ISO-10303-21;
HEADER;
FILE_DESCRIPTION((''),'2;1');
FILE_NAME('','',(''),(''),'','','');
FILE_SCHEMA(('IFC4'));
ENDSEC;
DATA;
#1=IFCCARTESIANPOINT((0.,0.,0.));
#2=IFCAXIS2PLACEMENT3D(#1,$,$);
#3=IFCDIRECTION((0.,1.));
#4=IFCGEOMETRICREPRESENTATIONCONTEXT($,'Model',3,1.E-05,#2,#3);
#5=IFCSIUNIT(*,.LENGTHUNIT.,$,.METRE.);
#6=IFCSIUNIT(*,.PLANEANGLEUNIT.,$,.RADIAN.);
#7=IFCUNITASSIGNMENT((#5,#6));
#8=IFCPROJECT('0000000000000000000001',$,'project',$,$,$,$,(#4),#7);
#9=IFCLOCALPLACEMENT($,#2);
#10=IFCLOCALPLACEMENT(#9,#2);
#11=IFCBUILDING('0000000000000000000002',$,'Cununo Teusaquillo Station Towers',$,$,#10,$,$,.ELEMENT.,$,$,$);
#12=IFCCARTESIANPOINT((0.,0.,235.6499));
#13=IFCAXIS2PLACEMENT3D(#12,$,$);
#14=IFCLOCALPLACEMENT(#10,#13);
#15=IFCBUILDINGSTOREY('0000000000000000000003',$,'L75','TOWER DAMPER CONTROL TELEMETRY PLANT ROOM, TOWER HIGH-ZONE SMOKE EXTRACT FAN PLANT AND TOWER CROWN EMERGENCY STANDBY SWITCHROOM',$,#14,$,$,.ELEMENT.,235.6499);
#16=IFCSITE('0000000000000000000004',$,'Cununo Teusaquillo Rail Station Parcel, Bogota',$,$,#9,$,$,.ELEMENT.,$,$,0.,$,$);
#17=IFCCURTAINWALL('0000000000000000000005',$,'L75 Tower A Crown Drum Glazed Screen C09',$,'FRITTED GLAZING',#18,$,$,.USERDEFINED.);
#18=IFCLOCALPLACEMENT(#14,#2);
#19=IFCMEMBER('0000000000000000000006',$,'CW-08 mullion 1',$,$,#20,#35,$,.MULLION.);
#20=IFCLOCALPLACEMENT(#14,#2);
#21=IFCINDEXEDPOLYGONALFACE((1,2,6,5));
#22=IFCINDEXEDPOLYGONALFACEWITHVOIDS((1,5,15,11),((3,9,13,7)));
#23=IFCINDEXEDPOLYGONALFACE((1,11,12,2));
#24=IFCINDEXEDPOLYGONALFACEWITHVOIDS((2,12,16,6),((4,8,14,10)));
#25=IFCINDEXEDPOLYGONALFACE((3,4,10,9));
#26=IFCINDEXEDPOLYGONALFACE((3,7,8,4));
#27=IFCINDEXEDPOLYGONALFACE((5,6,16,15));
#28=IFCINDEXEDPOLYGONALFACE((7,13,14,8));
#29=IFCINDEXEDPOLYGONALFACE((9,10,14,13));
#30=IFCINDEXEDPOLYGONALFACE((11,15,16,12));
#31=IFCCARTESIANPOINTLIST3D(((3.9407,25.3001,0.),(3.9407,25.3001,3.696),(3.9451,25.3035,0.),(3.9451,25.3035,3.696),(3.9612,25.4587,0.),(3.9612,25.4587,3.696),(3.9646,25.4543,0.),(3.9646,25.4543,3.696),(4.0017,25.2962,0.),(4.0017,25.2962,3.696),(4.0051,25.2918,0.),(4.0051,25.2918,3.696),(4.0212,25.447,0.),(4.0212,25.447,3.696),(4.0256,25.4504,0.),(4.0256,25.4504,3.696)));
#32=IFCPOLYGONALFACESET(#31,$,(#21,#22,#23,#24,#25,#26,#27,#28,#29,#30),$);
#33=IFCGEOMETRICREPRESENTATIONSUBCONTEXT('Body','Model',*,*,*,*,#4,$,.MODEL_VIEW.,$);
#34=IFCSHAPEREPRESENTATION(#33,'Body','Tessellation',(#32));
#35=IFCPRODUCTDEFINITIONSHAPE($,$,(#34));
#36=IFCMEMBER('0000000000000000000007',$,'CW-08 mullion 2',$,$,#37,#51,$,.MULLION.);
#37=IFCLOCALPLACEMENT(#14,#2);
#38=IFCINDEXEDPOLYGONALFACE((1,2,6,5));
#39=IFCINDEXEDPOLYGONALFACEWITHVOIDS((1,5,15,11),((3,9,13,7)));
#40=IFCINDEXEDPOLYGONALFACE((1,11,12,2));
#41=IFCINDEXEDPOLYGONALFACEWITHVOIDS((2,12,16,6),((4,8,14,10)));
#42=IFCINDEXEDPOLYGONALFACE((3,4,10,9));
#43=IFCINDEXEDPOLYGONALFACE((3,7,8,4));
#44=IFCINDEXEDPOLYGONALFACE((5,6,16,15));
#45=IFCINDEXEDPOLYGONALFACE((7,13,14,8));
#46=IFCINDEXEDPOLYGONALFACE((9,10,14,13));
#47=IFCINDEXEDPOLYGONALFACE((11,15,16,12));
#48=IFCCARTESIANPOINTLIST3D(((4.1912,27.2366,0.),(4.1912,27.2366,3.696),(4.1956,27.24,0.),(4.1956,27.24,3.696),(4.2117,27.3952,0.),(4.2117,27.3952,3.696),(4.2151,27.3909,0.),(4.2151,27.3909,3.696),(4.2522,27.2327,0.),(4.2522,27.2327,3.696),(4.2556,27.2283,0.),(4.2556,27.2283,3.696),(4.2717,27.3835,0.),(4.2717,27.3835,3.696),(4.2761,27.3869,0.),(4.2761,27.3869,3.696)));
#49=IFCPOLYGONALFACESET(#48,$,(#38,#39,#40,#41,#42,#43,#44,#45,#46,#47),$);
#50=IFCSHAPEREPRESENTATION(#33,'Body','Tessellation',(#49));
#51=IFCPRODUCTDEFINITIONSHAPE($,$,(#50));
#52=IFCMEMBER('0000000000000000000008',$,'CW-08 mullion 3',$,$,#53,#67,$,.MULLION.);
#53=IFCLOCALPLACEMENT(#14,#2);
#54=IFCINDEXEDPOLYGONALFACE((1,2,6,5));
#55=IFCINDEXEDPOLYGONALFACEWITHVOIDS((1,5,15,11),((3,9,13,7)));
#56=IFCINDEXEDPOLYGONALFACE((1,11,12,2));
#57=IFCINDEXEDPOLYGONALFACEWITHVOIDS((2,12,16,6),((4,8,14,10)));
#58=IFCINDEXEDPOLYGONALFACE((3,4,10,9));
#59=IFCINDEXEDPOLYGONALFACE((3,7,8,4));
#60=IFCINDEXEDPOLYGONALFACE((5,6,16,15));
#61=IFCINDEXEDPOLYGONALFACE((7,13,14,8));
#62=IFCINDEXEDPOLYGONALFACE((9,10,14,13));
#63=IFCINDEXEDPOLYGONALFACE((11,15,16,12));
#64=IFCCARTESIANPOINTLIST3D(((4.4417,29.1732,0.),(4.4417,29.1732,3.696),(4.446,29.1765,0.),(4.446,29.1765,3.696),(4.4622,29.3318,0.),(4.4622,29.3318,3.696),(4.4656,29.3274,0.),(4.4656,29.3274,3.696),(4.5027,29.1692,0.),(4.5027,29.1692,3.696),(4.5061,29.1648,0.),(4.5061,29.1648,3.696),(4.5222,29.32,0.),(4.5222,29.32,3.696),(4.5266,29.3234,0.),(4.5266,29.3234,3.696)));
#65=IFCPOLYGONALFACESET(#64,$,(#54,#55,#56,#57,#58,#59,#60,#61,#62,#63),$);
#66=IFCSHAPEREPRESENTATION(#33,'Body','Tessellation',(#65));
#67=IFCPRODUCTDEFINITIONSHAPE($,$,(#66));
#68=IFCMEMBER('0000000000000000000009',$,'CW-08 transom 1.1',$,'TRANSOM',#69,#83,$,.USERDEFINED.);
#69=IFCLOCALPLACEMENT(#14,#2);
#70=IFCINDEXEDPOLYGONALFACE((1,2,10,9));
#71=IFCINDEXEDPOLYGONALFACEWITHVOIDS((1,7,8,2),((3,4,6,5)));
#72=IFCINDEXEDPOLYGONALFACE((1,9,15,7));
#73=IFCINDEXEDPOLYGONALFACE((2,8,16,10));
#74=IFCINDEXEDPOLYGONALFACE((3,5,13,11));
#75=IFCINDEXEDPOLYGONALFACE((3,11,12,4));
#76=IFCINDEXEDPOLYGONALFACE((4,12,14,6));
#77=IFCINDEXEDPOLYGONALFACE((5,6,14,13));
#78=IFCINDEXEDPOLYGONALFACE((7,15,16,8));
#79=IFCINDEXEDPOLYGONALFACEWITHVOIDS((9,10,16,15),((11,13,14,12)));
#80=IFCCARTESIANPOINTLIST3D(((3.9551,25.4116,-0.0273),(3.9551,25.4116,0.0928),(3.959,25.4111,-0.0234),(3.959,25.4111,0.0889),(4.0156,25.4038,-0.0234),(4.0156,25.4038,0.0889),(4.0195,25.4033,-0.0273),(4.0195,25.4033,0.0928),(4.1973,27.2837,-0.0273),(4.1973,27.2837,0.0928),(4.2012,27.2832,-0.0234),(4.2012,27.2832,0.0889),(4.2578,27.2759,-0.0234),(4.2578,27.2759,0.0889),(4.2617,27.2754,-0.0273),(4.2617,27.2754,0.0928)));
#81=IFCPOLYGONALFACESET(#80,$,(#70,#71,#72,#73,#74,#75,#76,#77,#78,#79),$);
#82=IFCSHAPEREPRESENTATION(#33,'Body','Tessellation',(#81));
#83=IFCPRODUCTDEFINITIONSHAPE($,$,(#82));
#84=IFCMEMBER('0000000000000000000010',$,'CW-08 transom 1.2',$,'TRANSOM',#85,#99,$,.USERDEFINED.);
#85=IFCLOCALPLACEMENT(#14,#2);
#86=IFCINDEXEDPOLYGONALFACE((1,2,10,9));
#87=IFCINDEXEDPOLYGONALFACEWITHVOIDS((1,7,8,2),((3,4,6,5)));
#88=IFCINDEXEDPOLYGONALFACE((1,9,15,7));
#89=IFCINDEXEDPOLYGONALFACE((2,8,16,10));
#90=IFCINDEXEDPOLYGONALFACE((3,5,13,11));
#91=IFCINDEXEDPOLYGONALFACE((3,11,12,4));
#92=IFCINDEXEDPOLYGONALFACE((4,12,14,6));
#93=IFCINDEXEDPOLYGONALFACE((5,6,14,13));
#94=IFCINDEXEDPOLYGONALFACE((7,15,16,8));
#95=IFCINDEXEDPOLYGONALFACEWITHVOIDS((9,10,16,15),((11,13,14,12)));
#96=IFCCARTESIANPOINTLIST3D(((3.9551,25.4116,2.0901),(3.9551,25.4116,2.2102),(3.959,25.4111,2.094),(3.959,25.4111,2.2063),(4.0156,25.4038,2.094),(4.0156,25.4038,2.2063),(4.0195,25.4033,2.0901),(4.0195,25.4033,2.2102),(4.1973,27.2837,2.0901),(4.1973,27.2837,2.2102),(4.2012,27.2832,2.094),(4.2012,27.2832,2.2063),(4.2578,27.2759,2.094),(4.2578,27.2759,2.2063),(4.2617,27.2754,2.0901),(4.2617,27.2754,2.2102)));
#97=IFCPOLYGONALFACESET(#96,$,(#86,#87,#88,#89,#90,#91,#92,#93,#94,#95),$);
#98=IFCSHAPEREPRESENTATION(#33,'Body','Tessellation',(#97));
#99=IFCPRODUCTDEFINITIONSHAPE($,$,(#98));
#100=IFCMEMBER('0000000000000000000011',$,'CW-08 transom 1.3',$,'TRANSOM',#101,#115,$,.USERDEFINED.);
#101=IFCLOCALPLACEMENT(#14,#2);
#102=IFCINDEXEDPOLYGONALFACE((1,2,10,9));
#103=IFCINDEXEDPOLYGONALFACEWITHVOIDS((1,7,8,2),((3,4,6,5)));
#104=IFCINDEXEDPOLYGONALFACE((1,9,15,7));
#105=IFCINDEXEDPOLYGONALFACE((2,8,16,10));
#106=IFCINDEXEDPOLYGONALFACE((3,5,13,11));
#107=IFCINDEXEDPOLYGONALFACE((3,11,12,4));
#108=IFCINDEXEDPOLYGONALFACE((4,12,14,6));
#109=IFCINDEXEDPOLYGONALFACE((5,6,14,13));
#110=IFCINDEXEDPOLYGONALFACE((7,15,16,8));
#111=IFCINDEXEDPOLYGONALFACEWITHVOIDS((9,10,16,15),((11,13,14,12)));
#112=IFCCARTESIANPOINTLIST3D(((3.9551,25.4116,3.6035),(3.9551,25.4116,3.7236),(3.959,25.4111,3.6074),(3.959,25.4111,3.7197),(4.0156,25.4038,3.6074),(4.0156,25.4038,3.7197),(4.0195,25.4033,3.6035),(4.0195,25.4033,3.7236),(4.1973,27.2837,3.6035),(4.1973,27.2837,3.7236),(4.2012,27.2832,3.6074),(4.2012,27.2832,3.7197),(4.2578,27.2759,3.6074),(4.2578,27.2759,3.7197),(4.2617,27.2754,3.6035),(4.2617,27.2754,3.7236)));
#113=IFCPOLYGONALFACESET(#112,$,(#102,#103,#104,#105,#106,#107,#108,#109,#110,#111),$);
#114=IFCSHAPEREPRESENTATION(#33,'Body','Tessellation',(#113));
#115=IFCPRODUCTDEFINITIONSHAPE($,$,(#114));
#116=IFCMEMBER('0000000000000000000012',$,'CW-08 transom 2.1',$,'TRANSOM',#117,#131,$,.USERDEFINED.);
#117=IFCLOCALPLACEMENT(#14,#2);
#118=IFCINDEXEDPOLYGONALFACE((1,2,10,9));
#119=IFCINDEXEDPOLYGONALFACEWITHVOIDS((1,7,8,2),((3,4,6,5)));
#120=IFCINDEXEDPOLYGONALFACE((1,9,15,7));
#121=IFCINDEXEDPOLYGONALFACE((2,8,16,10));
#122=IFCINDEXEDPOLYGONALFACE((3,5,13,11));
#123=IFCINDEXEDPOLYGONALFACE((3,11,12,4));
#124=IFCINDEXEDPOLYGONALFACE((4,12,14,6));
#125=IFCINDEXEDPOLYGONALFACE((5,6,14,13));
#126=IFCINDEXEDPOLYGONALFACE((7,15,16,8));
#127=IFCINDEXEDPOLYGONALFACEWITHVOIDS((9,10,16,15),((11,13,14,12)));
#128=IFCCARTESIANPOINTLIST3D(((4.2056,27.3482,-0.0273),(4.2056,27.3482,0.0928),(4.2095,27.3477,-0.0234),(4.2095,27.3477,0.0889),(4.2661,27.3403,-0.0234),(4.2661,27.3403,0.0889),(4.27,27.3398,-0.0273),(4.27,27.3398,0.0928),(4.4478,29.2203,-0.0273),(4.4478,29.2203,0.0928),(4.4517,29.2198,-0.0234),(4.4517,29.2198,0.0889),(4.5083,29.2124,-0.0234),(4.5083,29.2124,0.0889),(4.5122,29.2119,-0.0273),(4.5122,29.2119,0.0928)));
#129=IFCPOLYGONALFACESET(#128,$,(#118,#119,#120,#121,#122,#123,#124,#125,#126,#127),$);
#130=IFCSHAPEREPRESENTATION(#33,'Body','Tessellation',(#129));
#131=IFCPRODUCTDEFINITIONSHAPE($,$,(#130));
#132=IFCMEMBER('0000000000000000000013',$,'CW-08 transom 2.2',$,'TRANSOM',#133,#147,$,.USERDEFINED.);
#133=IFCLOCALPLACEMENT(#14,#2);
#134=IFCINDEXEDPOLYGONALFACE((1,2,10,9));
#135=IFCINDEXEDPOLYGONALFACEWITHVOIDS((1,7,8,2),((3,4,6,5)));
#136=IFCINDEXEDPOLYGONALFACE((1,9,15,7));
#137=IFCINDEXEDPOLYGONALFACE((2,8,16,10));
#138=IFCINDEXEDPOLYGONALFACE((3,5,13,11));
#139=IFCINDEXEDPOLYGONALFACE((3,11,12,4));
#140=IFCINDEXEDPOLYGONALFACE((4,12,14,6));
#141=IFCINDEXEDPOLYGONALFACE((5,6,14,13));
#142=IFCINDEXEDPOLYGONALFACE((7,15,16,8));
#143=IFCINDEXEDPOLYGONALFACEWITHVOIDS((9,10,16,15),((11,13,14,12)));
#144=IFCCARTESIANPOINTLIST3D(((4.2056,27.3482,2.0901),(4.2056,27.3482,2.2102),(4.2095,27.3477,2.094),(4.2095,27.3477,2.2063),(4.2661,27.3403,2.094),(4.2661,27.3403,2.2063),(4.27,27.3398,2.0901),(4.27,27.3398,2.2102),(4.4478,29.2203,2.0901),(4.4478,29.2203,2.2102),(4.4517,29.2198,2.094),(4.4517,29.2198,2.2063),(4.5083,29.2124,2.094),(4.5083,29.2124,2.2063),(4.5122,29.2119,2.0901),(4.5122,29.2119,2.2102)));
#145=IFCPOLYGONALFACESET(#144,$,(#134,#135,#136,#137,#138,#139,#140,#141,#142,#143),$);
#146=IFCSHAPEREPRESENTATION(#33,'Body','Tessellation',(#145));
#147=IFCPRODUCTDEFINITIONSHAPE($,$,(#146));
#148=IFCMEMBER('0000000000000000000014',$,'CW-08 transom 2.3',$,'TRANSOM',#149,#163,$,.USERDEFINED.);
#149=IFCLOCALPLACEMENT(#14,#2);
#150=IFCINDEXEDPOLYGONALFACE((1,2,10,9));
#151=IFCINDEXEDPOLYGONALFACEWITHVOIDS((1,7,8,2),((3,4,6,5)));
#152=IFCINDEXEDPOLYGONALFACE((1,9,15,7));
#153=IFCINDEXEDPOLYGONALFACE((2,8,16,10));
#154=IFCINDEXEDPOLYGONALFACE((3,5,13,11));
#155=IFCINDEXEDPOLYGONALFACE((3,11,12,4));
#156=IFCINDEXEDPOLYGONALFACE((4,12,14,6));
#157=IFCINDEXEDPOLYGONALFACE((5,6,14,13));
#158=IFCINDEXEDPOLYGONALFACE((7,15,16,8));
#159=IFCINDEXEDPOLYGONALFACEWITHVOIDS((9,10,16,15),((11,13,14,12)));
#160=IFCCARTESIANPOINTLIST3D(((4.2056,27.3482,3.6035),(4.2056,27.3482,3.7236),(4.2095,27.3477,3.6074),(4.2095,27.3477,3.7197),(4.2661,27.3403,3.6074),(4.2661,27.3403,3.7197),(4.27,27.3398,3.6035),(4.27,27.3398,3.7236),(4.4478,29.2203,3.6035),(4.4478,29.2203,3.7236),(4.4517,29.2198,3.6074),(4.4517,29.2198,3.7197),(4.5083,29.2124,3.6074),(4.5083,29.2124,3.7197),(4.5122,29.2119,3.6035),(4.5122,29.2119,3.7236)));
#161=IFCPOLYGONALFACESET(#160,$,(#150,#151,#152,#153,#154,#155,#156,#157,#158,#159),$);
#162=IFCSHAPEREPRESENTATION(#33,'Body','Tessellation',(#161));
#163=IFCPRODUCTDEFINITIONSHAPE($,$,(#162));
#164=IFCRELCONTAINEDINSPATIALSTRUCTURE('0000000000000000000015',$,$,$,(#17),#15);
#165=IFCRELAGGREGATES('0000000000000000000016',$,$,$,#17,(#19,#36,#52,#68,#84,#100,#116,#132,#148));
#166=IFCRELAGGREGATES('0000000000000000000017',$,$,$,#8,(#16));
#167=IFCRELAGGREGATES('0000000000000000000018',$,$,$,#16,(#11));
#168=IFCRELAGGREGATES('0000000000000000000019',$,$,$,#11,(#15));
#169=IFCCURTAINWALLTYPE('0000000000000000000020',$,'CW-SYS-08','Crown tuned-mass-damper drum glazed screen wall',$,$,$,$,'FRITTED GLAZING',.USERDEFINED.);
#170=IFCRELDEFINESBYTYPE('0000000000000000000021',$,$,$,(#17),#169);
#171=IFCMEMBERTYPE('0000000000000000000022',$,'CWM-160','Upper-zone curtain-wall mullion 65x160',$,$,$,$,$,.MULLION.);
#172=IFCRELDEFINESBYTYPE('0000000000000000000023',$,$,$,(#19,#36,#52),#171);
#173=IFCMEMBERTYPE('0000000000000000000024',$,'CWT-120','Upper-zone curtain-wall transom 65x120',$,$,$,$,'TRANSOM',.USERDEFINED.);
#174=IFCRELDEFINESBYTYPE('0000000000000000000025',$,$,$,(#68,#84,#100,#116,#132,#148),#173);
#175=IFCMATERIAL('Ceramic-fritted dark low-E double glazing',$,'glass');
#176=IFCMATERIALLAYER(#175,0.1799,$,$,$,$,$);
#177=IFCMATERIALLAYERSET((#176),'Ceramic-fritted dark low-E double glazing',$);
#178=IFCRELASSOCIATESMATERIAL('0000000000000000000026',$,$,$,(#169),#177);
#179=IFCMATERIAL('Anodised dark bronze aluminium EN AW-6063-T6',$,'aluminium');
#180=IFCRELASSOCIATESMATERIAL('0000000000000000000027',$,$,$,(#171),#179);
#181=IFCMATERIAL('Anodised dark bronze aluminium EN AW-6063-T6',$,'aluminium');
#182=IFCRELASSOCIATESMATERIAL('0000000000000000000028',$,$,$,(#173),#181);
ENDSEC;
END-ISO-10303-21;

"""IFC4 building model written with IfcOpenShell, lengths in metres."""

from ifc_helpers import new_model, si_unit, direction, frame, origin, origin_2d, place, context, subcontext, project, spatial, hollow_rectangle, extrude, material, layer, layer_set, material_profile, profile_set, type_object, element, aggregate, save


model = new_model("IFC4")

# Units and contexts
model_context = context("Model", 3, precision=1e-05, world=origin(), true_north=direction((0.0, 1.0)))
body_context = subcontext(model_context, "Body", "Model", "MODEL_VIEW")
ifc_project = project(units=[si_unit("LENGTHUNIT", "METRE"), si_unit("PLANEANGLEUNIT", "RADIAN")], contexts=[model_context])

# Site, building, storey
site_placement = place(None, origin())
site = spatial("IfcSite", under=ifc_project, at=site_placement, Name="Cununo Teusaquillo Rail Station Parcel, Bogota", CompositionType="ELEMENT", RefElevation=0.0)
building_placement = place(site_placement, origin())
building = spatial("IfcBuilding", under=site, at=building_placement, Name="Cununo Teusaquillo Station Towers", CompositionType="ELEMENT")
storey_placement = place(building_placement, frame((0.0, 0.0, 235.6499)))
storey = spatial("IfcBuildingStorey", under=building, at=storey_placement, Name="L75", Description="TOWER DAMPER CONTROL TELEMETRY PLANT ROOM, TOWER HIGH-ZONE SMOKE EXTRACT FAN PLANT AND TOWER CROWN EMERGENCY STANDBY SWITCHROOM", CompositionType="ELEMENT", Elevation=235.6499)

# Curtain wall, members
ifc_material_1 = material(Name="Ceramic-fritted dark low-E double glazing", Category="glass")
ifc_layer_1 = layer(ifc_material_1, 0.1799)
ifc_layer_set_1 = layer_set([ifc_layer_1], Name="Ceramic-fritted dark low-E double glazing")
curtain_wall_type = type_object("IfcCurtainWallType", Name="CW-SYS-08", Description="Crown tuned-mass-damper drum glazed screen wall", ElementType="FRITTED GLAZING", PredefinedType="USERDEFINED", material=ifc_layer_set_1)
curtain_wall_placement = place(storey_placement, origin())
curtain_wall = element("IfcCurtainWall", 1, at=curtain_wall_placement, inside=storey, type_object=curtain_wall_type, Name="L75 Tower A Crown Drum Glazed Screen C09", ObjectType="FRITTED GLAZING", PredefinedType="USERDEFINED")
ifc_material_2 = material(Name="Anodised dark bronze aluminium EN AW-6063-T6", Category="aluminium")
ifc_material_profile_1 = material_profile(ifc_material_2, hollow_rectangle(XDim=0.0649, YDim=0.1599, WallThickness=0.0039, at=origin_2d()), Name="CW-MULL-65x160")
ifc_profile_set_1 = profile_set([ifc_material_profile_1], Name="Anodised dark bronze aluminium EN AW-6063-T6")
member_type_1 = type_object("IfcMemberType", Name="CWM-160", Description="Upper-zone curtain-wall mullion 65x160", PredefinedType="MULLION", material=ifc_profile_set_1)
member_1_placement = place(storey_placement, frame((3.9832, 25.3752, 0.0), z_axis=(0.0, 0.0, 1.0), x_axis=(-0.991742, 0.128253, 0.0)))
member_1 = element("IfcMember", 2, at=member_1_placement, type_object=member_type_1, Name="CW-08 mullion 1", PredefinedType="MULLION", context=body_context, shape_type="SweptSolid", body=[
    extrude(hollow_rectangle(XDim=0.0649, YDim=0.1599, WallThickness=0.0039, at=origin_2d()), origin(), (0.0, 0.0, 1.0), 3.696),
])
member_2_placement = place(storey_placement, frame((4.2336, 27.3118, 0.0), z_axis=(0.0, 0.0, 1.0), x_axis=(-0.991742, 0.128253, 0.0)))
member_2 = element("IfcMember", 3, at=member_2_placement, type_object=member_type_1, Name="CW-08 mullion 2", PredefinedType="MULLION", context=body_context, shape_type="SweptSolid", body=[
    extrude(hollow_rectangle(XDim=0.0649, YDim=0.1599, WallThickness=0.0039, at=origin_2d()), origin(), (0.0, 0.0, 1.0), 3.696),
])
member_3_placement = place(storey_placement, frame((4.4841, 29.2483, 0.0), z_axis=(0.0, 0.0, 1.0), x_axis=(-0.991742, 0.128253, 0.0)))
member_3 = element("IfcMember", 4, at=member_3_placement, type_object=member_type_1, Name="CW-08 mullion 3", PredefinedType="MULLION", context=body_context, shape_type="SweptSolid", body=[
    extrude(hollow_rectangle(XDim=0.0649, YDim=0.1599, WallThickness=0.0039, at=origin_2d()), origin(), (0.0, 0.0, 1.0), 3.696),
])
ifc_material_3 = material(Name="Anodised dark bronze aluminium EN AW-6063-T6", Category="aluminium")
ifc_material_profile_2 = material_profile(ifc_material_3, hollow_rectangle(XDim=0.0649, YDim=0.1201, WallThickness=0.0039, at=origin_2d()), Name="CW-TRAN-65x120")
ifc_profile_set_2 = profile_set([ifc_material_profile_2], Name="Anodised dark bronze aluminium EN AW-6063-T6")
member_type_2 = type_object("IfcMemberType", Name="CWT-120", Description="Upper-zone curtain-wall transom 65x120", ElementType="TRANSOM", PredefinedType="USERDEFINED", material=ifc_profile_set_2)
member_4_placement = place(storey_placement, frame((3.9873, 25.4075, 0.0327), z_axis=(0.1283, 0.991735, 0.0), x_axis=(-0.991735, 0.1283, 0.0)))
member_4 = element("IfcMember", 5, at=member_4_placement, type_object=member_type_2, Name="CW-08 transom 1.1", ObjectType="TRANSOM", PredefinedType="USERDEFINED", context=body_context, shape_type="SweptSolid", body=[
    extrude(hollow_rectangle(XDim=0.0649, YDim=0.1201, WallThickness=0.0039, at=origin_2d()), origin(), (0.0, 0.0, 1.0), 1.8877),
])
member_5_placement = place(storey_placement, frame((3.9873, 25.4075, 2.1501), z_axis=(0.1283, 0.991735, 0.0), x_axis=(-0.991735, 0.1283, 0.0)))
member_5 = element("IfcMember", 6, at=member_5_placement, type_object=member_type_2, Name="CW-08 transom 1.2", ObjectType="TRANSOM", PredefinedType="USERDEFINED", context=body_context, shape_type="SweptSolid", body=[
    extrude(hollow_rectangle(XDim=0.0649, YDim=0.1201, WallThickness=0.0039, at=origin_2d()), origin(), (0.0, 0.0, 1.0), 1.8877),
])
member_6_placement = place(storey_placement, frame((3.9873, 25.4075, 3.6636), z_axis=(0.1283, 0.991735, 0.0), x_axis=(-0.991735, 0.1283, 0.0)))
member_6 = element("IfcMember", 7, at=member_6_placement, type_object=member_type_2, Name="CW-08 transom 1.3", ObjectType="TRANSOM", PredefinedType="USERDEFINED", context=body_context, shape_type="SweptSolid", body=[
    extrude(hollow_rectangle(XDim=0.0649, YDim=0.1201, WallThickness=0.0039, at=origin_2d()), origin(), (0.0, 0.0, 1.0), 1.8877),
])
member_7_placement = place(storey_placement, frame((4.2378, 27.344, 0.0327), z_axis=(0.1283, 0.991735, 0.0), x_axis=(-0.991735, 0.1283, 0.0)))
member_7 = element("IfcMember", 8, at=member_7_placement, type_object=member_type_2, Name="CW-08 transom 2.1", ObjectType="TRANSOM", PredefinedType="USERDEFINED", context=body_context, shape_type="SweptSolid", body=[
    extrude(hollow_rectangle(XDim=0.0649, YDim=0.1201, WallThickness=0.0039, at=origin_2d()), origin(), (0.0, 0.0, 1.0), 1.8877),
])
member_8_placement = place(storey_placement, frame((4.2378, 27.344, 2.1501), z_axis=(0.1283, 0.991735, 0.0), x_axis=(-0.991735, 0.1283, 0.0)))
member_8 = element("IfcMember", 9, at=member_8_placement, type_object=member_type_2, Name="CW-08 transom 2.2", ObjectType="TRANSOM", PredefinedType="USERDEFINED", context=body_context, shape_type="SweptSolid", body=[
    extrude(hollow_rectangle(XDim=0.0649, YDim=0.1201, WallThickness=0.0039, at=origin_2d()), origin(), (0.0, 0.0, 1.0), 1.8877),
])
member_9_placement = place(storey_placement, frame((4.2378, 27.344, 3.6636), z_axis=(0.1283, 0.991735, 0.0), x_axis=(-0.991735, 0.1283, 0.0)))
member_9 = element("IfcMember", 10, at=member_9_placement, type_object=member_type_2, Name="CW-08 transom 2.3", ObjectType="TRANSOM", PredefinedType="USERDEFINED", context=body_context, shape_type="SweptSolid", body=[
    extrude(hollow_rectangle(XDim=0.0649, YDim=0.1201, WallThickness=0.0039, at=origin_2d()), origin(), (0.0, 0.0, 1.0), 1.8877),
])

aggregate(curtain_wall, [member_1, member_2, member_3, member_4, member_5, member_6, member_7, member_8, member_9])

save(model, "model.ifc")
